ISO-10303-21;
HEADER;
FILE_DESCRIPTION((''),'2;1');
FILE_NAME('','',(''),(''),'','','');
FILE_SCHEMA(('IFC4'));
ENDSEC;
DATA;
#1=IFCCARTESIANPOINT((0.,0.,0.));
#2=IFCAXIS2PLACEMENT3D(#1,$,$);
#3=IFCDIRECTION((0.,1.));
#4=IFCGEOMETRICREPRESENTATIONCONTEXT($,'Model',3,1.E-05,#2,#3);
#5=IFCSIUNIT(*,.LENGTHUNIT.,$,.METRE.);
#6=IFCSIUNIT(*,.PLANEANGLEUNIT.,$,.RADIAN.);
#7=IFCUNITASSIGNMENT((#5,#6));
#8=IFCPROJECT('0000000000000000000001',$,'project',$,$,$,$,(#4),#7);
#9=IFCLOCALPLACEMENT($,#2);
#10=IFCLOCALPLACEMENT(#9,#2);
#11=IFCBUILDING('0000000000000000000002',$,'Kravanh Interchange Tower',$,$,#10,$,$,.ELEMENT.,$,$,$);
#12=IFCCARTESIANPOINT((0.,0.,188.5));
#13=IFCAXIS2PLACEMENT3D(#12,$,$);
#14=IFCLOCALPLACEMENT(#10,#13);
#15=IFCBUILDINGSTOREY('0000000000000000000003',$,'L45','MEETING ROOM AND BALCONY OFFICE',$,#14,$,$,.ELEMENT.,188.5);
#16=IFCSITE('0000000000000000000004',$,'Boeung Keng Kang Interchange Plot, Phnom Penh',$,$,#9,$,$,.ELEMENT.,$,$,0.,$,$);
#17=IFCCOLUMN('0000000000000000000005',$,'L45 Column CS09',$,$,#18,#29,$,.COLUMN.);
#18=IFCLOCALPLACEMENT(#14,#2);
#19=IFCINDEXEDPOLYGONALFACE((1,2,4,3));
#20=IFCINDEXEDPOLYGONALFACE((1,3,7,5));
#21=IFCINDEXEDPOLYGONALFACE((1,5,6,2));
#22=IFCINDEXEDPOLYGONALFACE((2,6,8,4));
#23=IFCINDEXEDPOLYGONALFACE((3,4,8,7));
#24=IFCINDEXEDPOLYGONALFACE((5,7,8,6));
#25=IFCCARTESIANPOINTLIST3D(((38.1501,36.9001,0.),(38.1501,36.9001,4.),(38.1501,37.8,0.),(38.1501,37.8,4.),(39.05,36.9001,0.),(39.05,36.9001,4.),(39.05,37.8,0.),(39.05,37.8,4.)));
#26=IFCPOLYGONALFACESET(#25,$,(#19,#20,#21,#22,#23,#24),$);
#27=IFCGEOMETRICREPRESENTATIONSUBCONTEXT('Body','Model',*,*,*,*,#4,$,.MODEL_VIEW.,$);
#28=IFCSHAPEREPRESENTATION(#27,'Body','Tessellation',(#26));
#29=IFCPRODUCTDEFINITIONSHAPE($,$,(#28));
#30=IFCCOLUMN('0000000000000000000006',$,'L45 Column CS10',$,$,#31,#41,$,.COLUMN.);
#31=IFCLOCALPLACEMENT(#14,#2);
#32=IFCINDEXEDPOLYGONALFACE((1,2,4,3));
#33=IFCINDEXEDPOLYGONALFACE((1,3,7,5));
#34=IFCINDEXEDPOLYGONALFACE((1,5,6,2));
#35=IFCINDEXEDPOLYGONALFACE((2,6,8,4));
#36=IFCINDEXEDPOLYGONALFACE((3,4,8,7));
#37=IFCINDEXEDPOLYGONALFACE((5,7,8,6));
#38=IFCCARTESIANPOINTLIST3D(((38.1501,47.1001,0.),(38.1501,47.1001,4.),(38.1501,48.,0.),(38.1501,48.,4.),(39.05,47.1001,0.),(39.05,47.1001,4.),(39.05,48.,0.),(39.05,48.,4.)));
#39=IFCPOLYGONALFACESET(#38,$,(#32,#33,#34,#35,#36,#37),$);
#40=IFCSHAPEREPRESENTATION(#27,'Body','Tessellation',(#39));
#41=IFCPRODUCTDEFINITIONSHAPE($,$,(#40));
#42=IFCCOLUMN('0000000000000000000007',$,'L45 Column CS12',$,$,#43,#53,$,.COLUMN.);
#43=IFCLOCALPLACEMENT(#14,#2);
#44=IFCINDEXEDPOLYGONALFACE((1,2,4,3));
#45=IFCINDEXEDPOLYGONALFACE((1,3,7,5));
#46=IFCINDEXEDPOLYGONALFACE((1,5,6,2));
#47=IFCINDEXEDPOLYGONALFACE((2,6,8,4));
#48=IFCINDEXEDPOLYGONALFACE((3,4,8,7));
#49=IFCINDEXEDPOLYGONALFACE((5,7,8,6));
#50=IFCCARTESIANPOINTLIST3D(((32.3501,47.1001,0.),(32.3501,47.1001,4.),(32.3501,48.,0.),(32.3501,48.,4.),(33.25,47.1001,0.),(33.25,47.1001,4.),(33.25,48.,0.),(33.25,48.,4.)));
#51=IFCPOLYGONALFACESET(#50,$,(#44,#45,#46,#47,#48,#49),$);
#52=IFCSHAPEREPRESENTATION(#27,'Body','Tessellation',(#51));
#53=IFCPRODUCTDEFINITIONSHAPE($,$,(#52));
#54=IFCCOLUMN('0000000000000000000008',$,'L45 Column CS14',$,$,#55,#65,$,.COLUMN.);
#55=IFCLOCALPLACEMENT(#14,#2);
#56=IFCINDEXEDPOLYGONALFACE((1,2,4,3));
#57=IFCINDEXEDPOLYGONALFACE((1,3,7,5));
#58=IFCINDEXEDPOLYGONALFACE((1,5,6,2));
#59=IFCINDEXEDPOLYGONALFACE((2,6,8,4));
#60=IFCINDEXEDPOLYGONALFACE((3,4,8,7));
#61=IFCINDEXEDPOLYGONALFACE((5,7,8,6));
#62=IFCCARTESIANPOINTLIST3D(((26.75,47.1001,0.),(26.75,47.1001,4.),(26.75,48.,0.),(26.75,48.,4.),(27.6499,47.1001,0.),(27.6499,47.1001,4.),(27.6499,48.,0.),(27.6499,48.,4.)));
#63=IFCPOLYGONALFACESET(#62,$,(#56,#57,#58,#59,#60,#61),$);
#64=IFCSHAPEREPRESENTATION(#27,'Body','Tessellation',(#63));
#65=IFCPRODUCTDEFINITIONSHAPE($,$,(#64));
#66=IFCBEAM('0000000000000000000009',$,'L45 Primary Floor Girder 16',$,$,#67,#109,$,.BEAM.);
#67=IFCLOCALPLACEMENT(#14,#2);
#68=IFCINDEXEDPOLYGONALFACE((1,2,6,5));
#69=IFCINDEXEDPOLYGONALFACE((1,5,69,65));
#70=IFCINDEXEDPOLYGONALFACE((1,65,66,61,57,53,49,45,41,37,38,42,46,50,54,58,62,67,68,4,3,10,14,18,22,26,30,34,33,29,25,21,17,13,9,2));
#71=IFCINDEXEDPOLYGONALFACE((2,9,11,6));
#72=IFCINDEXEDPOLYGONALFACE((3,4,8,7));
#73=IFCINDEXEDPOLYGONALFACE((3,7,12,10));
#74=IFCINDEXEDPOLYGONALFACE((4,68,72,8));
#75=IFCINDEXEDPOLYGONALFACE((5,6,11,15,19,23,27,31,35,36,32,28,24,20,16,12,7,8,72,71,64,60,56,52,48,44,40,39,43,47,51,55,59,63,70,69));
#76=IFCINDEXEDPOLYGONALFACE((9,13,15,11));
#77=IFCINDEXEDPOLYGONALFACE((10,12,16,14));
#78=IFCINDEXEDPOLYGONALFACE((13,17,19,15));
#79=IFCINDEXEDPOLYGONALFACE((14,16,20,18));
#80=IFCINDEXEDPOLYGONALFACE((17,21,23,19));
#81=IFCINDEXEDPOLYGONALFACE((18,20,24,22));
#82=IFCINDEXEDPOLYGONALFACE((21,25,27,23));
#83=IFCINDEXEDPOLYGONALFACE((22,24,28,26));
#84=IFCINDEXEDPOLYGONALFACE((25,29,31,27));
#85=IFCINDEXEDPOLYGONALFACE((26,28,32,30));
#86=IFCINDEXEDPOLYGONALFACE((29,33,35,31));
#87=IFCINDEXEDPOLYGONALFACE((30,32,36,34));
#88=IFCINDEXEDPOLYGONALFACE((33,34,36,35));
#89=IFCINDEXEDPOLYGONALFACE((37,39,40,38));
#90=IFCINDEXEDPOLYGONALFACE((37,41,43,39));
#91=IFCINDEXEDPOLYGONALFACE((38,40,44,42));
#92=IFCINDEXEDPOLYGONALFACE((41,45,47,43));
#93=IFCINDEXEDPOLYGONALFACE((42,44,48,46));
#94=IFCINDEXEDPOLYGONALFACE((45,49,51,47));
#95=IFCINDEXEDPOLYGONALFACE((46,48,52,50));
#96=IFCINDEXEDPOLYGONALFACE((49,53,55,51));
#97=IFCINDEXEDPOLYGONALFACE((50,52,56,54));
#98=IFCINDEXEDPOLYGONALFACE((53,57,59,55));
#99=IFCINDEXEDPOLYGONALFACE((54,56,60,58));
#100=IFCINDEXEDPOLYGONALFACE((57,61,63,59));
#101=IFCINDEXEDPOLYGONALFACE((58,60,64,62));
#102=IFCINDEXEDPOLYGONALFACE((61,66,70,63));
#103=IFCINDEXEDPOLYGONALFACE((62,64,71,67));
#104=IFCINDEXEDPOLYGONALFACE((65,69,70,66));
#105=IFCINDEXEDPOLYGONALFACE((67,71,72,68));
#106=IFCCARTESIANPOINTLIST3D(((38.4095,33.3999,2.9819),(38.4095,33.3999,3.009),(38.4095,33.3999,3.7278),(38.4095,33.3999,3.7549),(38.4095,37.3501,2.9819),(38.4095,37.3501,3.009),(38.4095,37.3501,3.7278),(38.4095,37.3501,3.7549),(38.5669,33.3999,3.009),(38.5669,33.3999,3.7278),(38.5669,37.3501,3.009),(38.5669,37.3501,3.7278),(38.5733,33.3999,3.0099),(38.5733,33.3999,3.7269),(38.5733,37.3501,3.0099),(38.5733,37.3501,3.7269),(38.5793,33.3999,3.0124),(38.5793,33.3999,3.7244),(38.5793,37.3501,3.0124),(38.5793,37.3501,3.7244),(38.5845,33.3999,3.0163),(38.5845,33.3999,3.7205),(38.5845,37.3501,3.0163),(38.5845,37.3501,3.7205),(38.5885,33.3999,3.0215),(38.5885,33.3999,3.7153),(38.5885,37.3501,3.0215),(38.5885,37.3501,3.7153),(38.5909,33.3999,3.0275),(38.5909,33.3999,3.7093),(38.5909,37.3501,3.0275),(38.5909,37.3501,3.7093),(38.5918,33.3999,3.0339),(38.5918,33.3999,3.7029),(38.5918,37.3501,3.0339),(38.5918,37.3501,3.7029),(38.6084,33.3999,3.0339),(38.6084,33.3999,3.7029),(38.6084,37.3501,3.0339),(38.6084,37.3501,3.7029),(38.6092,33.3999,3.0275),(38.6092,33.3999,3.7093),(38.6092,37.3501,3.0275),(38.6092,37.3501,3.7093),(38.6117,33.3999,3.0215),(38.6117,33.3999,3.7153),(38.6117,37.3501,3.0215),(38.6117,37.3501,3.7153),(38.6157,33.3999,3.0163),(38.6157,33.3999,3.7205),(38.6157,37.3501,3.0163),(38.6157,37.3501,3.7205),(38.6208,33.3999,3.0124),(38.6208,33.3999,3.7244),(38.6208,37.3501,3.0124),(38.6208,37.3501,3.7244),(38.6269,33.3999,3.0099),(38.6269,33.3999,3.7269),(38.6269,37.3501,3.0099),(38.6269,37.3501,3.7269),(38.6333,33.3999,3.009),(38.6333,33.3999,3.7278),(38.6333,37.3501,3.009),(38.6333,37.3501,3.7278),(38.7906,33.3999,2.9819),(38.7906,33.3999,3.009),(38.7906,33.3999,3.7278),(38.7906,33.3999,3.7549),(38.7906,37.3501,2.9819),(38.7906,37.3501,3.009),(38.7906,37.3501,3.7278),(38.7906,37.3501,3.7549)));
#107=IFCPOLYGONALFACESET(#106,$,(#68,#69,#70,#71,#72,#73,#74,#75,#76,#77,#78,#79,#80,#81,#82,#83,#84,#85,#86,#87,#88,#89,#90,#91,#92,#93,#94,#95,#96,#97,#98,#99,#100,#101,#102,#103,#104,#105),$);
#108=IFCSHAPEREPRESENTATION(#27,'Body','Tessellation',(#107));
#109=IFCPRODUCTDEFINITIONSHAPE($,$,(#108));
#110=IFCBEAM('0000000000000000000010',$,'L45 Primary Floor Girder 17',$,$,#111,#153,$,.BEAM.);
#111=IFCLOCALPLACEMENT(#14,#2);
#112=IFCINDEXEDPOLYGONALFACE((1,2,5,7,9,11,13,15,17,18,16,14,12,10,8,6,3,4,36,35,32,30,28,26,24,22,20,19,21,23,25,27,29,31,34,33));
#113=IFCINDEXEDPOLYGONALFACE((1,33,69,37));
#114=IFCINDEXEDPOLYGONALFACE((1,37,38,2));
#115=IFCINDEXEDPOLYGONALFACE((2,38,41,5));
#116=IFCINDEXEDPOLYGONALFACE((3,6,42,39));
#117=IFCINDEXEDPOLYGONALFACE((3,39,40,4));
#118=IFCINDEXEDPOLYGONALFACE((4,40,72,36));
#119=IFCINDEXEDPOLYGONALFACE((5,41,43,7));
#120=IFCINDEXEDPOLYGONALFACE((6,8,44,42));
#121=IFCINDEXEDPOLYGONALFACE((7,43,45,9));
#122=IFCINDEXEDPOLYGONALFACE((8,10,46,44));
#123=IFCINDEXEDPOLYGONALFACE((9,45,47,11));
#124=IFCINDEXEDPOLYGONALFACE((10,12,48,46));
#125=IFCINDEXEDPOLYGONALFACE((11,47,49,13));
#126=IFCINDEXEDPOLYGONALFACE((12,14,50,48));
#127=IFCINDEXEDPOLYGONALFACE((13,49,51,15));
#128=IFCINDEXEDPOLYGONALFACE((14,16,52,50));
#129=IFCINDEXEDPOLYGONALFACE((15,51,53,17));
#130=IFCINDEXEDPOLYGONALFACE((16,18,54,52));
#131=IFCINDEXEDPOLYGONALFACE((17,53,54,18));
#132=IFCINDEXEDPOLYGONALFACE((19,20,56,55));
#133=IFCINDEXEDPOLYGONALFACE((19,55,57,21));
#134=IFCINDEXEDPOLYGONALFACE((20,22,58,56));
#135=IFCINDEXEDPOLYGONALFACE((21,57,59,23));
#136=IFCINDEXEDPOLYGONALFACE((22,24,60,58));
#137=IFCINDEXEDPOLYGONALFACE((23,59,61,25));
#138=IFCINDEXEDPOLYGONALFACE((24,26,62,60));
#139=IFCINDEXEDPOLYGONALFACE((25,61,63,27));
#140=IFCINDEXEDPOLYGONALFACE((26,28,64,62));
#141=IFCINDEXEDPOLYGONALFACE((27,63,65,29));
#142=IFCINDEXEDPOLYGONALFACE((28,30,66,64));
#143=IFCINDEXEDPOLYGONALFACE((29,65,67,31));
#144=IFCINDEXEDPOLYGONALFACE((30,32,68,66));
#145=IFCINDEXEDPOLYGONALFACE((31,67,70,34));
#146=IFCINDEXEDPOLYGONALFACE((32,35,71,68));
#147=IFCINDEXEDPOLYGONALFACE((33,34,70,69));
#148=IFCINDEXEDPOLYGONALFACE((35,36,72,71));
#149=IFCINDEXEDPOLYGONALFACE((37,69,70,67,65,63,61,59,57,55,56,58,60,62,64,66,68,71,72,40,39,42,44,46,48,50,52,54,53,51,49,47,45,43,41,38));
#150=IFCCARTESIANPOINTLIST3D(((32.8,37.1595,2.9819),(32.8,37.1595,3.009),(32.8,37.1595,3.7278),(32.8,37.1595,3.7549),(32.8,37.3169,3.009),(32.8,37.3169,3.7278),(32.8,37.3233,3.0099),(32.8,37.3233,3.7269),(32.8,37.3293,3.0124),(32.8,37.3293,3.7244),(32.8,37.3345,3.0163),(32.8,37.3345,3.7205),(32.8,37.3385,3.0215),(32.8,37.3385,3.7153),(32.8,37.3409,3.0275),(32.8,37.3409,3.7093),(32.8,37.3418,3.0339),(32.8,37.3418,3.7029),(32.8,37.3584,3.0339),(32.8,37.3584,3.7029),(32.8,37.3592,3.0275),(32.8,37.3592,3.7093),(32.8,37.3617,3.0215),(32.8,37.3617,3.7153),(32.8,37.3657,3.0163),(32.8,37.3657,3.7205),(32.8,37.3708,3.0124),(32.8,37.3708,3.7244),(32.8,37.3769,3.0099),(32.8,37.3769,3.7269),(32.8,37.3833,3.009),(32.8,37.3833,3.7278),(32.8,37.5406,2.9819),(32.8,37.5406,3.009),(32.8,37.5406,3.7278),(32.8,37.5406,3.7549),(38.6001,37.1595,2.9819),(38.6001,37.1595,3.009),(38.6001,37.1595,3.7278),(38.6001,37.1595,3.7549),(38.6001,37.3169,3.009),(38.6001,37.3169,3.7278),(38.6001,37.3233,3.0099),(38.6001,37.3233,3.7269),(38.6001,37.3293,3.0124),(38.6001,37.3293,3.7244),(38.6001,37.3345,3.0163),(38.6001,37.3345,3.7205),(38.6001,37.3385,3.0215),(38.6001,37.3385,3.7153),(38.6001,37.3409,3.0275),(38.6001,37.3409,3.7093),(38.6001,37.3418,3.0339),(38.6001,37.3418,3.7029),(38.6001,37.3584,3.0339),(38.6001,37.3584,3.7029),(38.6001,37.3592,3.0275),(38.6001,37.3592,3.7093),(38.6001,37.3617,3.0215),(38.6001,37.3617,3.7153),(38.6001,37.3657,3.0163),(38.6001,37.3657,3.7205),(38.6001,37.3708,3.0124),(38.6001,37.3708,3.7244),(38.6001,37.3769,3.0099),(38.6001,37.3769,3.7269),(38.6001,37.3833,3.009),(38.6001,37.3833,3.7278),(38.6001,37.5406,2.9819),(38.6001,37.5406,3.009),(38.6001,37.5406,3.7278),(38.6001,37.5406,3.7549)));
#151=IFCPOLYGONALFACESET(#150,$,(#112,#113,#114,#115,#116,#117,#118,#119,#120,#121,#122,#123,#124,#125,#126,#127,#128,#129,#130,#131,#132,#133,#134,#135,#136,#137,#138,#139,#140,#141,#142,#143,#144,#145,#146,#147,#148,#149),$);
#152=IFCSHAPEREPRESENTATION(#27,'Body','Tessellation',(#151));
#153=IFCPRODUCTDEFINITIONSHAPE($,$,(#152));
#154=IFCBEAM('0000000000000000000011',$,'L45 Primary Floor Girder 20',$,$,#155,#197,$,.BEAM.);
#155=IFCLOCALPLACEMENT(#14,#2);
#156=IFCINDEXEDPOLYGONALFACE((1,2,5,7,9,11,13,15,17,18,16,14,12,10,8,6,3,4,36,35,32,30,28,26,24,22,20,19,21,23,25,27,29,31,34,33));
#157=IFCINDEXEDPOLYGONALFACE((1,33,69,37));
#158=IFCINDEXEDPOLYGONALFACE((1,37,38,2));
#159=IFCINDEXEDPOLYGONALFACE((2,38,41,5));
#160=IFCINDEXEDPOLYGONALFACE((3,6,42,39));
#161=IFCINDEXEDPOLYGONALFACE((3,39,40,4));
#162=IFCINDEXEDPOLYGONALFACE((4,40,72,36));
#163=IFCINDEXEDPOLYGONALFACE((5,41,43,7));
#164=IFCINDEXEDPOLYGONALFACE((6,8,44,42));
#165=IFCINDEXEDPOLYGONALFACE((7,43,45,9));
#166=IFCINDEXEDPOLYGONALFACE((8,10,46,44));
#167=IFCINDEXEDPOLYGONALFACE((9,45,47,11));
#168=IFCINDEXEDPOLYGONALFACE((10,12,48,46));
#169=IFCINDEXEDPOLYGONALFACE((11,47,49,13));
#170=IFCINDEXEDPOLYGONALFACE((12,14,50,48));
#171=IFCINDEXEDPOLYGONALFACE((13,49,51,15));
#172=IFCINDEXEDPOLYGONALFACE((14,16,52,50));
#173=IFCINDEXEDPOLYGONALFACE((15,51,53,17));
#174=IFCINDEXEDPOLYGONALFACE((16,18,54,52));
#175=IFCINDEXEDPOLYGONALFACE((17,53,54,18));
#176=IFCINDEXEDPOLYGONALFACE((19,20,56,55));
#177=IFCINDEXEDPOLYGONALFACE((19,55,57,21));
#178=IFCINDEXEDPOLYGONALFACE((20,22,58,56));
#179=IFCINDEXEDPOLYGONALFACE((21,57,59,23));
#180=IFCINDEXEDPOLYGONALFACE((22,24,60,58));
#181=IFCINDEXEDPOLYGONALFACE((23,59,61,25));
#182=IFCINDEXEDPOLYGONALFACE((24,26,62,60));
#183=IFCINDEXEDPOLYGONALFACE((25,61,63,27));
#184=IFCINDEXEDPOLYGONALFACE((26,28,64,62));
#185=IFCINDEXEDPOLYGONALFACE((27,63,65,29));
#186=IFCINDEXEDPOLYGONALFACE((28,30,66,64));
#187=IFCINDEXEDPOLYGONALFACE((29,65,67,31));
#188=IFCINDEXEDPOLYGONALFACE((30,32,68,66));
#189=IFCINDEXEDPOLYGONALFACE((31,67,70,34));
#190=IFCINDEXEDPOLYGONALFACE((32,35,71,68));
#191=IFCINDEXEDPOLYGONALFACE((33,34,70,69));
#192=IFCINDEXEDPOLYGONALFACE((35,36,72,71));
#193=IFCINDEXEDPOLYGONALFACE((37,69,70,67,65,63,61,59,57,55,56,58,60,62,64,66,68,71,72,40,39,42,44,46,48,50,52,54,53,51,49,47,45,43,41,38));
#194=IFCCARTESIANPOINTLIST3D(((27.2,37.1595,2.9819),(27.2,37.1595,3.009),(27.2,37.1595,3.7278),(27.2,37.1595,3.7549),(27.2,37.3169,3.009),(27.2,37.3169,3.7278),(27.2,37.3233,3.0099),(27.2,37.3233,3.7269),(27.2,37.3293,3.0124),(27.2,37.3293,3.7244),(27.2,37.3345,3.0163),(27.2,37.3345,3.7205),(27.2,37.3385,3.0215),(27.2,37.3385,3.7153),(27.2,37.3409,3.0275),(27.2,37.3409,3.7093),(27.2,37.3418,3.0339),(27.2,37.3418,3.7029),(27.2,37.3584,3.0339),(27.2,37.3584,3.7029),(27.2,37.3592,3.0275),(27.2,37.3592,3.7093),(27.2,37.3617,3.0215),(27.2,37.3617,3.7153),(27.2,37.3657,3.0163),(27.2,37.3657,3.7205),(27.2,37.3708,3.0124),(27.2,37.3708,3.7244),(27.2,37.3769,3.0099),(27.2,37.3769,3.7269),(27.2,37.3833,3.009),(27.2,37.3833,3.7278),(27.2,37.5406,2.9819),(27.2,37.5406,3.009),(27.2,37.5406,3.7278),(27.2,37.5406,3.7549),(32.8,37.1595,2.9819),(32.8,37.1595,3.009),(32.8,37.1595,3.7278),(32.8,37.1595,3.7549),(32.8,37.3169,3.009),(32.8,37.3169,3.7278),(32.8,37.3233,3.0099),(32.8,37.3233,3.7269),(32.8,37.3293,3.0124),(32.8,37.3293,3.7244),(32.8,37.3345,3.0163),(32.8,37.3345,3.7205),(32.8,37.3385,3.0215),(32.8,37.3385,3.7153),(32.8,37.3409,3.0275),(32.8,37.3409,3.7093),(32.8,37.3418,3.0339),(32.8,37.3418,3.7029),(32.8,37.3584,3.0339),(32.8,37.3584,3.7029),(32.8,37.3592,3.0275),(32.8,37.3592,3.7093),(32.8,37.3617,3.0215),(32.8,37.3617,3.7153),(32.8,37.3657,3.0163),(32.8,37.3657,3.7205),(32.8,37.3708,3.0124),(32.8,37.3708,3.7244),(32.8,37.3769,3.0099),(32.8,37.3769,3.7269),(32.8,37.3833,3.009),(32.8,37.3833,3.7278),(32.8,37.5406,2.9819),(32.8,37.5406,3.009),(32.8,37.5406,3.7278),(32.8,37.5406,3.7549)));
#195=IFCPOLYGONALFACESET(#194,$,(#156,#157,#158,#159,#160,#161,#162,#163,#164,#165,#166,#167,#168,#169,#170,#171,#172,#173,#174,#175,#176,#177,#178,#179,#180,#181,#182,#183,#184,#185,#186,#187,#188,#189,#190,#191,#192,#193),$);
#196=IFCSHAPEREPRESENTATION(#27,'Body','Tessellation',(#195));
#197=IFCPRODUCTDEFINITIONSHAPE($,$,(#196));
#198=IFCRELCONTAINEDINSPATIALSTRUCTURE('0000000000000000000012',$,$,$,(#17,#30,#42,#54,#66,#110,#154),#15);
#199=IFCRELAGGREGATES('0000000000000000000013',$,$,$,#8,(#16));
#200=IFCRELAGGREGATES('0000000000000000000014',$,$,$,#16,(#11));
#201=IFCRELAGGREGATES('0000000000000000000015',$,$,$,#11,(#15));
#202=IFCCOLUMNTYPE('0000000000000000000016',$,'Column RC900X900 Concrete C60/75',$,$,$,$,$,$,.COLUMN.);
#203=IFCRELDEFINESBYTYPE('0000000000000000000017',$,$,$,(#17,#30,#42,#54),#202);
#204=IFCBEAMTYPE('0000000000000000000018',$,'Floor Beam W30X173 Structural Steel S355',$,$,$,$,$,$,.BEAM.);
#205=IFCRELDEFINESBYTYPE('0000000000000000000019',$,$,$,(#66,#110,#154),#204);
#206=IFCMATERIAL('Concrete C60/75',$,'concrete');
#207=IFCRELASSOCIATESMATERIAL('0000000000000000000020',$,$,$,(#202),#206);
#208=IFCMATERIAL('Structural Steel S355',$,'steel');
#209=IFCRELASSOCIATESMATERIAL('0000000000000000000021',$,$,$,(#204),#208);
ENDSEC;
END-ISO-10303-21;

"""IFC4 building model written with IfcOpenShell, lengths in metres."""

from ifc_helpers import new_model, si_unit, direction, frame, origin, origin_2d, place, context, subcontext, project, spatial, rectangle, i_section, extrude, material, material_profile, profile_set, type_object, element, save


model = new_model("IFC4")

# Units and contexts
model_context = context("Model", 3, precision=1e-05, world=origin(), true_north=direction((0.0, 1.0)))
body_context = subcontext(model_context, "Body", "Model", "MODEL_VIEW")
ifc_project = project(units=[si_unit("LENGTHUNIT", "METRE"), si_unit("PLANEANGLEUNIT", "RADIAN")], contexts=[model_context])

# Site, building, storey
site_placement = place(None, origin())
site = spatial("IfcSite", under=ifc_project, at=site_placement, Name="Boeung Keng Kang Interchange Plot, Phnom Penh", CompositionType="ELEMENT", RefElevation=0.0)
building_placement = place(site_placement, origin())
building = spatial("IfcBuilding", under=site, at=building_placement, Name="Kravanh Interchange Tower", CompositionType="ELEMENT")
storey_placement = place(building_placement, frame((0.0, 0.0, 188.5)))
storey = spatial("IfcBuildingStorey", under=building, at=storey_placement, Name="L45", Description="MEETING ROOM AND BALCONY OFFICE", CompositionType="ELEMENT", Elevation=188.5)

# Columns
ifc_material_1 = material(Name="Concrete C60/75", Category="concrete")
ifc_material_profile_1 = material_profile(ifc_material_1, rectangle(XDim=0.8999, YDim=0.8999, at=origin_2d()), Name="RC900X900")
ifc_profile_set_1 = profile_set([ifc_material_profile_1], Name="Concrete C60/75")
column_type = type_object("IfcColumnType", Name="Column RC900X900 Concrete C60/75", PredefinedType="COLUMN", material=ifc_profile_set_1)
for number, where, z_axis, x_axis, name in (
    (1, (38.6001, 37.3501, 0.0), (0.0, 0.0, 1.0), (1.0, 0.0, 0.0), "L45 Column CS09"),
    (2, (38.6001, 47.55, 0.0), (0.0, 0.0, 1.0), (1.0, 0.0, 0.0), "L45 Column CS10"),
    (3, (32.8, 47.55, 0.0), (0.0, 0.0, 1.0), (1.0, 0.0, 0.0), "L45 Column CS12"),
    (4, (27.2, 47.55, 0.0), (0.0, 0.0, 1.0), (1.0, 0.0, 0.0), "L45 Column CS14"),
):
    element("IfcColumn", number, at=place(storey_placement, frame(where, z_axis=z_axis, x_axis=x_axis)), inside=storey, type_object=column_type, Name=name, PredefinedType="COLUMN", context=body_context, shape_type="SweptSolid", body=[
        extrude(rectangle(XDim=0.8999, YDim=0.8999, at=origin_2d()), origin(), (0.0, 0.0, 1.0), 4.0),
    ])

# Beams
ifc_material_2 = material(Name="Structural Steel S355", Category="steel")
ifc_material_profile_2 = material_profile(ifc_material_2, i_section(OverallWidth=0.3811, OverallDepth=0.7729, WebThickness=0.0166, FlangeThickness=0.0271, FilletRadius=0.0249, at=origin_2d()), Name="W30X173")
ifc_profile_set_2 = profile_set([ifc_material_profile_2], Name="Structural Steel S355")
beam_type = type_object("IfcBeamType", Name="Floor Beam W30X173 Structural Steel S355", PredefinedType="BEAM", material=ifc_profile_set_2)
beam_1_placement = place(storey_placement, frame((38.6001, 37.3501, 3.3684), z_axis=(0.0, -1.0, 0.0), x_axis=(1.0, 0.0, 0.0)))
element("IfcBeam", 5, at=beam_1_placement, inside=storey, type_object=beam_type, Name="L45 Primary Floor Girder 16", PredefinedType="BEAM", context=body_context, shape_type="SweptSolid", body=[
    extrude(i_section(OverallWidth=0.3811, OverallDepth=0.7729, WebThickness=0.0166, FlangeThickness=0.0271, FilletRadius=0.0249, at=origin_2d()), origin(), (0.0, 0.0, 1.0), 3.9502),
])
beam_2_placement = place(storey_placement, frame((38.6001, 37.3501, 3.3684), z_axis=(-1.0, 0.0, 0.0), x_axis=(0.0, -1.0, 0.0)))
element("IfcBeam", 6, at=beam_2_placement, inside=storey, type_object=beam_type, Name="L45 Primary Floor Girder 17", PredefinedType="BEAM", context=body_context, shape_type="SweptSolid", body=[
    extrude(i_section(OverallWidth=0.3811, OverallDepth=0.7729, WebThickness=0.0166, FlangeThickness=0.0271, FilletRadius=0.0249, at=origin_2d()), origin(), (0.0, 0.0, 1.0), 5.8),
])
beam_3_placement = place(storey_placement, frame((32.8, 37.3501, 3.3684), z_axis=(-1.0, 0.0, 0.0), x_axis=(0.0, -1.0, 0.0)))
element("IfcBeam", 7, at=beam_3_placement, inside=storey, type_object=beam_type, Name="L45 Primary Floor Girder 20", PredefinedType="BEAM", context=body_context, shape_type="SweptSolid", body=[
    extrude(i_section(OverallWidth=0.3811, OverallDepth=0.7729, WebThickness=0.0166, FlangeThickness=0.0271, FilletRadius=0.0249, at=origin_2d()), origin(), (0.0, 0.0, 1.0), 5.6001),
])

save(model, "model.ifc")
